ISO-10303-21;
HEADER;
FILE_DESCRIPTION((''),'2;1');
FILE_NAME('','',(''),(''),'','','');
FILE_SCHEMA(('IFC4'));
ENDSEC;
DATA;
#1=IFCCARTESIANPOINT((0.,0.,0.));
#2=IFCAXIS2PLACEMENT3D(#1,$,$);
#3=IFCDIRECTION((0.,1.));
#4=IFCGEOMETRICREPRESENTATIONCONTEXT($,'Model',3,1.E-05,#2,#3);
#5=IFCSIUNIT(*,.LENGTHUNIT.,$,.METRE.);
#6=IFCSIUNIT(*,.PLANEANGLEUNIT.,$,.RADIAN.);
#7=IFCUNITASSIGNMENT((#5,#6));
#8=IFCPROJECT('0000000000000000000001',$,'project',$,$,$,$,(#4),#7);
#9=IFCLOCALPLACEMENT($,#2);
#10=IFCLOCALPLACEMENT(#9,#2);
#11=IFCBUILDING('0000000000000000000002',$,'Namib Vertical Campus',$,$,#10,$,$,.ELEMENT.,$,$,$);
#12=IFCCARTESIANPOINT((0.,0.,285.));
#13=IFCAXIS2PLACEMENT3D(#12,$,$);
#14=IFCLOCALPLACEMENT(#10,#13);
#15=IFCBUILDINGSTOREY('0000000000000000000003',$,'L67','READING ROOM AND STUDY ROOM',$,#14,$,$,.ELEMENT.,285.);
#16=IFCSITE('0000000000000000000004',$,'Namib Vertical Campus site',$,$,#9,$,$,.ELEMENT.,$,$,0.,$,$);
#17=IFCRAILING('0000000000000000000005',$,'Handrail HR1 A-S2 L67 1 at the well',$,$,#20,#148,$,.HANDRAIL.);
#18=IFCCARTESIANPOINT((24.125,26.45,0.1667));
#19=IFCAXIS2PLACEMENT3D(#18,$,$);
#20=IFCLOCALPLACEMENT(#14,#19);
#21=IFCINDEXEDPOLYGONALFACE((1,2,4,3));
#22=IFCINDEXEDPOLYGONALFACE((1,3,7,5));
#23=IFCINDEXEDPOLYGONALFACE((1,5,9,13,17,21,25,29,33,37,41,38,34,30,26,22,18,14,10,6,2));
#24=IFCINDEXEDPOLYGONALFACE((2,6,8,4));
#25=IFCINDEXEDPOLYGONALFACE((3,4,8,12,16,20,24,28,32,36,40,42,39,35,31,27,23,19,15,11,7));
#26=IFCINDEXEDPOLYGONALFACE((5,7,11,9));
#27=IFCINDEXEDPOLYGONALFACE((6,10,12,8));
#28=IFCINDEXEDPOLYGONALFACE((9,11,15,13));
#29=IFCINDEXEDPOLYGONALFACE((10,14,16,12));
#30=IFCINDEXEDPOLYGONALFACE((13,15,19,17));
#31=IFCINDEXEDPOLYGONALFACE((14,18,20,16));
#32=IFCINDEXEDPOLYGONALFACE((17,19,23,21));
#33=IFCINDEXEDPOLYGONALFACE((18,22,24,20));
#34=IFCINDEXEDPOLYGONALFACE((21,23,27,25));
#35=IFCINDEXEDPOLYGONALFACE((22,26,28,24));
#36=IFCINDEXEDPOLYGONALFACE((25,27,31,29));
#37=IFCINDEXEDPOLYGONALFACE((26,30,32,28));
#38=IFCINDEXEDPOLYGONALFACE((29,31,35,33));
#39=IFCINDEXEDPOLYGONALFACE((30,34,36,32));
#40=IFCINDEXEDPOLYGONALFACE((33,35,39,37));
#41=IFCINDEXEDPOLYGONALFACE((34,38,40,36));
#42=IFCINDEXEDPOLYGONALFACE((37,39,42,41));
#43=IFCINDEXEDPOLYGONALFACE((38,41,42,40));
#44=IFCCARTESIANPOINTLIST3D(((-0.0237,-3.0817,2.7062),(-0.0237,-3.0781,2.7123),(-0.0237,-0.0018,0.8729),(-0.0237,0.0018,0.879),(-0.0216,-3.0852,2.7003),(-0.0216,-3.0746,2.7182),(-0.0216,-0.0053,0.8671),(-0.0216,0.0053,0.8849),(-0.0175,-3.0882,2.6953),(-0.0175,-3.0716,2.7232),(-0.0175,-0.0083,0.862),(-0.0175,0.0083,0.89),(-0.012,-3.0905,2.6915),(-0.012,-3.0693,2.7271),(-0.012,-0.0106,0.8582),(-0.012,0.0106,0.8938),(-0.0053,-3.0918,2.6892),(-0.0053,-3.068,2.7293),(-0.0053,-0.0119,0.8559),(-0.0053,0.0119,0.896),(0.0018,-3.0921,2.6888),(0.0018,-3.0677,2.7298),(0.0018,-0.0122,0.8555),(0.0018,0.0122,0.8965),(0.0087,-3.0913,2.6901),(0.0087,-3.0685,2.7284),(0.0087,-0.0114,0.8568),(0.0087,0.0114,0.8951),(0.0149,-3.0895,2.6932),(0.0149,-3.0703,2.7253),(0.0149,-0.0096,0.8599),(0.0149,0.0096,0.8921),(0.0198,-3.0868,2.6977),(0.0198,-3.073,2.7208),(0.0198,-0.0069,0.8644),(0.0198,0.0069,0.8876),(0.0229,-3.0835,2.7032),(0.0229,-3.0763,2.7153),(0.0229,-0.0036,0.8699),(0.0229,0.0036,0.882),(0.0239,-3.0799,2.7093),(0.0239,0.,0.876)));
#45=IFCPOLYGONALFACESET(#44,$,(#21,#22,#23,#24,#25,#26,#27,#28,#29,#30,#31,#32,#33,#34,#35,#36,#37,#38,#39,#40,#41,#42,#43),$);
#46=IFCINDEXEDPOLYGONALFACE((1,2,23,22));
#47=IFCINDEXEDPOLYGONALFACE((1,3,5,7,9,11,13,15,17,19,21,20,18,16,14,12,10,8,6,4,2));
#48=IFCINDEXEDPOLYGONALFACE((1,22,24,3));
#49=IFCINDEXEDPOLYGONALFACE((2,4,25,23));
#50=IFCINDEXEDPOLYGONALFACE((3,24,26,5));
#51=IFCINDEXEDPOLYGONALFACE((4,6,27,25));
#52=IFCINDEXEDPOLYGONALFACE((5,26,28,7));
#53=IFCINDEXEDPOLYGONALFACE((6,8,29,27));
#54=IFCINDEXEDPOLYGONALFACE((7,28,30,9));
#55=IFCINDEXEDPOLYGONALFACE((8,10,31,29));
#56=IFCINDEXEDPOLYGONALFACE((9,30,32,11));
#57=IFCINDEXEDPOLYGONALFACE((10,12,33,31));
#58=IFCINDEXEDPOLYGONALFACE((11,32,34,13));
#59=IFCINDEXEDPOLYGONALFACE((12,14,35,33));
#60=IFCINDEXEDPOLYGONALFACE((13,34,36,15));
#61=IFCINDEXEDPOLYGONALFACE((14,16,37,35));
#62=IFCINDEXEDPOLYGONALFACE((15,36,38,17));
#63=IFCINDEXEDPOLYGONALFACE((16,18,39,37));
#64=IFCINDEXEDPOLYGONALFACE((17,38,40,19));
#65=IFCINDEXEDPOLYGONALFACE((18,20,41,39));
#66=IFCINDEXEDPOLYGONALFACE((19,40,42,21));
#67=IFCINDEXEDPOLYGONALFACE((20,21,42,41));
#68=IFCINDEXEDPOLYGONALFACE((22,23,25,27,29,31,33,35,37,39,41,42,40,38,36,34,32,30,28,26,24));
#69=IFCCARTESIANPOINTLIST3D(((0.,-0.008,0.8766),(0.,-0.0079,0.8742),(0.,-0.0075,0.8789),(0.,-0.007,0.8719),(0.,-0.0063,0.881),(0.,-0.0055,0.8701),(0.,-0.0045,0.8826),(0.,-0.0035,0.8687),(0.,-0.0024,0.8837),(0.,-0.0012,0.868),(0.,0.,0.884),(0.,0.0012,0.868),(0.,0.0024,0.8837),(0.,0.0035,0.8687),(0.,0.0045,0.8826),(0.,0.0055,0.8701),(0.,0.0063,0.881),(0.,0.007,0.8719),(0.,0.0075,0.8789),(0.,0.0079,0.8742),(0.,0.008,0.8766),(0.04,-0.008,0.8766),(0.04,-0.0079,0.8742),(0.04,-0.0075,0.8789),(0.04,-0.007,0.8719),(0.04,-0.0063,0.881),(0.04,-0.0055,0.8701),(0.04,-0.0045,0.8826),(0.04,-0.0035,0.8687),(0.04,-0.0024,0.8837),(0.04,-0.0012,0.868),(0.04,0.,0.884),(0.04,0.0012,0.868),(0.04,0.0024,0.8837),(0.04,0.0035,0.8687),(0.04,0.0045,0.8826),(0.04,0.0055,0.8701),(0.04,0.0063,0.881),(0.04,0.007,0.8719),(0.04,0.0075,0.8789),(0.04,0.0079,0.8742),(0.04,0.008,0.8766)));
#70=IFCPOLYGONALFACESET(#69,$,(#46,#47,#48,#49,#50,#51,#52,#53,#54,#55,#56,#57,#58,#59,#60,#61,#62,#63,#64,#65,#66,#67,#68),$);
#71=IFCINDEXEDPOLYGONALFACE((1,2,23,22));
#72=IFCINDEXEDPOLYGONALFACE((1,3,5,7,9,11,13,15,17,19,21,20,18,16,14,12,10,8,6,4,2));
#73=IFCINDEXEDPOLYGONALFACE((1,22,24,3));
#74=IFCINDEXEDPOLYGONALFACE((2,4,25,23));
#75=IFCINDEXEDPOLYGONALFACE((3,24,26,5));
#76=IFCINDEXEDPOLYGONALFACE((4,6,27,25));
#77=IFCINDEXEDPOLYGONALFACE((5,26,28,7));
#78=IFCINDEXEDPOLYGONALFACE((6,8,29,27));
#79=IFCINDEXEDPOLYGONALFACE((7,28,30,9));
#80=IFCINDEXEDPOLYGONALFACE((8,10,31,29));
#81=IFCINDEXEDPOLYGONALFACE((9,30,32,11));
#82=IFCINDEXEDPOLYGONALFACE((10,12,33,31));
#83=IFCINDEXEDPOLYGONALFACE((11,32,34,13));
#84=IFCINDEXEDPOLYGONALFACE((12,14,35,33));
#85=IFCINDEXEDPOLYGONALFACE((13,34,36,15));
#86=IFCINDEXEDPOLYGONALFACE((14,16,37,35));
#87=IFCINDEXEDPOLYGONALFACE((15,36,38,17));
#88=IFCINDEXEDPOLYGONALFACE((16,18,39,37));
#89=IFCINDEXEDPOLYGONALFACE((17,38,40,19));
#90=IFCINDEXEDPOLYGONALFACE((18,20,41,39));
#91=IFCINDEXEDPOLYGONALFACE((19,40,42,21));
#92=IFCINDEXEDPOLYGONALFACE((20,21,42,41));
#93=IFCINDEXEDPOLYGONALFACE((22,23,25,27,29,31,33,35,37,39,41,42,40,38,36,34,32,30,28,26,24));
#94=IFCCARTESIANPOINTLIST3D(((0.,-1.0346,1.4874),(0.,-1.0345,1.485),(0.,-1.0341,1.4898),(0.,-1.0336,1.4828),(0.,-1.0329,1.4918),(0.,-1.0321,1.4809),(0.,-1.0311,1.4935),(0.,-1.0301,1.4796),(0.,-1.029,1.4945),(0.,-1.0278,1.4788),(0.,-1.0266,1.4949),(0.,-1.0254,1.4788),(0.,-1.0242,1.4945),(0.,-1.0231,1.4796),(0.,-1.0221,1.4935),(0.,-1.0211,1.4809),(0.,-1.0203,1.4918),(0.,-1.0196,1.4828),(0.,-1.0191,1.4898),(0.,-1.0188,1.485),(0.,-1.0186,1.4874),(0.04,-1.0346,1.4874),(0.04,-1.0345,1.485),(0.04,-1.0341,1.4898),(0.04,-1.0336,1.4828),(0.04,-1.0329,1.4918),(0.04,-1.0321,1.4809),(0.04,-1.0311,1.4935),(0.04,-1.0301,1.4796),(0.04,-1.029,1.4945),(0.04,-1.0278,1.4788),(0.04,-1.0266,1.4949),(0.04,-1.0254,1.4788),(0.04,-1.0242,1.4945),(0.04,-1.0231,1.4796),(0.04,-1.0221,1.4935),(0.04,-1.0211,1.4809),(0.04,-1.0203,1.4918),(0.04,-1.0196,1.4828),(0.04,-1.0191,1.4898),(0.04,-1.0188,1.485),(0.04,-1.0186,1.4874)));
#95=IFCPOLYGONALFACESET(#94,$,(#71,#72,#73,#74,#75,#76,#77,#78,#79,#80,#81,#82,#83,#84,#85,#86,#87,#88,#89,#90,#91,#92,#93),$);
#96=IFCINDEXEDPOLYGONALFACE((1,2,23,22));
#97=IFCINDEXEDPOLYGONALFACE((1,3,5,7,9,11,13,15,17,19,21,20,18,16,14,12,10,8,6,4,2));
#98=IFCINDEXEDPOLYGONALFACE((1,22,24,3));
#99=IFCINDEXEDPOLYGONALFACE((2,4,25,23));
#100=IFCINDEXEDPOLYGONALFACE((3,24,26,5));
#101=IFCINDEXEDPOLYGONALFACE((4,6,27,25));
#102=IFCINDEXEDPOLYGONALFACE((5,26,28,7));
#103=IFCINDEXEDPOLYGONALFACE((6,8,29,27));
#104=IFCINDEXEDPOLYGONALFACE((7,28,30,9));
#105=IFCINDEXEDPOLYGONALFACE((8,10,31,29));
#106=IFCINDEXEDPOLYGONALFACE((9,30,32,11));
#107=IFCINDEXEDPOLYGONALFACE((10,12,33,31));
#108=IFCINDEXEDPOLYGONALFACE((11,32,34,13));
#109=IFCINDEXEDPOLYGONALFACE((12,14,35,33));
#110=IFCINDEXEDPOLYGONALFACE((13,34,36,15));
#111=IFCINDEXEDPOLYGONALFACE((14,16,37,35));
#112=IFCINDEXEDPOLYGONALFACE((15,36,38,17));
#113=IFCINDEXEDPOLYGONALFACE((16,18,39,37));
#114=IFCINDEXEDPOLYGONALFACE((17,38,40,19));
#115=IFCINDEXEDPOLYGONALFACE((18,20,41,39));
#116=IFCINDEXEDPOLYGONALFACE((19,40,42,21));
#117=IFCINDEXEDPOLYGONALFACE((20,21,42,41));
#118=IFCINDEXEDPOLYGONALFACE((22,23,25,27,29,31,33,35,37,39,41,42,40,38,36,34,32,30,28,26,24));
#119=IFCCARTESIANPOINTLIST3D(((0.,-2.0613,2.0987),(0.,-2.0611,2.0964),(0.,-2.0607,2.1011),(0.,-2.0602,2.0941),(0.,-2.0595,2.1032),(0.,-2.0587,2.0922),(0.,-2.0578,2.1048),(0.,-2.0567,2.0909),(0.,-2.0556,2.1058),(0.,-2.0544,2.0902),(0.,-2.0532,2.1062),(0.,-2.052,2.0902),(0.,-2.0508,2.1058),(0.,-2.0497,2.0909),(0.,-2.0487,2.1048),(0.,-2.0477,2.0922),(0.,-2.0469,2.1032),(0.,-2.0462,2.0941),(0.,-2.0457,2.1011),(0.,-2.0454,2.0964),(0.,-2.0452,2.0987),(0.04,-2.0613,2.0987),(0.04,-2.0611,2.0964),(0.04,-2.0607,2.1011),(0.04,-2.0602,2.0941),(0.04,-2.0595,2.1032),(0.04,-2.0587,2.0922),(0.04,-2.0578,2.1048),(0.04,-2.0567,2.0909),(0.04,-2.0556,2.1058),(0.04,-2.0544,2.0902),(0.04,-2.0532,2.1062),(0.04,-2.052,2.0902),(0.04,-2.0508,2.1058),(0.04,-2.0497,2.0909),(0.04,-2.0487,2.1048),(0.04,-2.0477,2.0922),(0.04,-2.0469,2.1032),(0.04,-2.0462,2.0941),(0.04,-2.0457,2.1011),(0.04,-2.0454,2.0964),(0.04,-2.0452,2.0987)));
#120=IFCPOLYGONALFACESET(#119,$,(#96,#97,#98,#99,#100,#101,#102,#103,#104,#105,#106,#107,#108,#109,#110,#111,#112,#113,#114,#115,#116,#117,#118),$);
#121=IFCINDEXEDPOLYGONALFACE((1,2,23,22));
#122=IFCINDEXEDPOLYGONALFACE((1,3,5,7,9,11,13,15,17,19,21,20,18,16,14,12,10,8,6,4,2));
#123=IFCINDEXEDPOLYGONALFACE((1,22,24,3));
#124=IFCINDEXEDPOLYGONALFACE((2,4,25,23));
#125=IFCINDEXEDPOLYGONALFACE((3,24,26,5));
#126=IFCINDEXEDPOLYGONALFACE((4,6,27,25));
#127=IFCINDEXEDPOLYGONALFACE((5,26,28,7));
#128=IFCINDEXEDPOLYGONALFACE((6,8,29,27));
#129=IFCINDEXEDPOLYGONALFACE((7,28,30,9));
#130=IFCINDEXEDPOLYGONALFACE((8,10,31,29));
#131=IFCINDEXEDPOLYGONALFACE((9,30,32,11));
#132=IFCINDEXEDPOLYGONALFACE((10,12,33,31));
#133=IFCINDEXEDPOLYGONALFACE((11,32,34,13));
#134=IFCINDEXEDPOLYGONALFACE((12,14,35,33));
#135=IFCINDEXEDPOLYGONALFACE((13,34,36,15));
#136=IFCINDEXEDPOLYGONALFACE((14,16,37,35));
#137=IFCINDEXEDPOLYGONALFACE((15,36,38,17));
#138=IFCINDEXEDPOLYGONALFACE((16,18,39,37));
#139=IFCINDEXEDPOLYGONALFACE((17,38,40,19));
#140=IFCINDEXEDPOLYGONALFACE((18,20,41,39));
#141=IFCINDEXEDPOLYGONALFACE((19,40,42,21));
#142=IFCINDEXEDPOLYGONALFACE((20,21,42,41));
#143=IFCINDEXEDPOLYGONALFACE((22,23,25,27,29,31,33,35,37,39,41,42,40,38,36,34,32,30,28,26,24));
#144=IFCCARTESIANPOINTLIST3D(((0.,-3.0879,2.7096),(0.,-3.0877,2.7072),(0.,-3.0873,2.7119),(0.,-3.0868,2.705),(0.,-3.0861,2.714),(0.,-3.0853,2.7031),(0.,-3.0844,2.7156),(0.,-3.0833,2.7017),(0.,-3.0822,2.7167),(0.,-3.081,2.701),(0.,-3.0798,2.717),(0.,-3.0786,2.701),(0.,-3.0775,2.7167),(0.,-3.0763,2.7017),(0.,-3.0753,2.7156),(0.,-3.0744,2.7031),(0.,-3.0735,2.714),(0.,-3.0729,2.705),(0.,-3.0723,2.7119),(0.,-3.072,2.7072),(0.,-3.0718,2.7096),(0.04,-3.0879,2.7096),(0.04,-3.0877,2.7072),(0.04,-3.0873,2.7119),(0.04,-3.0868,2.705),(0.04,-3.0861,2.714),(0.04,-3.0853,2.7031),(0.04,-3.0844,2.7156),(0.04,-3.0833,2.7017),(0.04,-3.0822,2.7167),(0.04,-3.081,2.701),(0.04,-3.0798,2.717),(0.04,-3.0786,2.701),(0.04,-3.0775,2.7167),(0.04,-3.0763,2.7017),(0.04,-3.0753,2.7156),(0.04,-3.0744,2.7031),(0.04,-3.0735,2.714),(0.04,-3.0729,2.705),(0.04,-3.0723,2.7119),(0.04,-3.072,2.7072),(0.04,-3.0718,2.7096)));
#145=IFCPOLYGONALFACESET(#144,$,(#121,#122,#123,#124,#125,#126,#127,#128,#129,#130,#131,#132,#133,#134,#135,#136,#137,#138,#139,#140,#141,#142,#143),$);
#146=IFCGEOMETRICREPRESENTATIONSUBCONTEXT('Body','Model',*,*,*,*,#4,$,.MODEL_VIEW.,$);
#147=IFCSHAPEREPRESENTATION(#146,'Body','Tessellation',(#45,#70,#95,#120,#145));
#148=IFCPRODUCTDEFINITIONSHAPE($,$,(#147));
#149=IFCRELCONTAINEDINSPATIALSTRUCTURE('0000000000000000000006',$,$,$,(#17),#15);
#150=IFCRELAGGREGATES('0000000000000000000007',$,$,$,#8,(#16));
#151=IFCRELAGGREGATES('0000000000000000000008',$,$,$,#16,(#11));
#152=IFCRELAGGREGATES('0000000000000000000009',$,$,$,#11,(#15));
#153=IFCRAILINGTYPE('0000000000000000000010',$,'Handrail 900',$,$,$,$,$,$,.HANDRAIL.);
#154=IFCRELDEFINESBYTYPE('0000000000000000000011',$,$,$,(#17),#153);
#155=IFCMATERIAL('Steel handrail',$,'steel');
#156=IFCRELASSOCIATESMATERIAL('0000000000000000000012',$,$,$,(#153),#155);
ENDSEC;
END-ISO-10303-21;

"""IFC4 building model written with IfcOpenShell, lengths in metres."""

from ifc_helpers import new_model, si_unit, direction, frame, origin, origin_2d, place, context, subcontext, project, spatial, circle, extrude, material, type_object, element, save


model = new_model("IFC4")

# Units and contexts
model_context = context("Model", 3, precision=1e-05, world=origin(), true_north=direction((0.0, 1.0)))
body_context = subcontext(model_context, "Body", "Model", "MODEL_VIEW")
ifc_project = project(units=[si_unit("LENGTHUNIT", "METRE"), si_unit("PLANEANGLEUNIT", "RADIAN")], contexts=[model_context])

# Site, building, storey
site_placement = place(None, origin())
site = spatial("IfcSite", under=ifc_project, at=site_placement, Name="Namib Vertical Campus site", CompositionType="ELEMENT", RefElevation=0.0)
building_placement = place(site_placement, origin())
building = spatial("IfcBuilding", under=site, at=building_placement, Name="Namib Vertical Campus", CompositionType="ELEMENT")
storey_placement = place(building_placement, frame((0.0, 0.0, 285.0)))
storey = spatial("IfcBuildingStorey", under=building, at=storey_placement, Name="L67", Description="READING ROOM AND STUDY ROOM", CompositionType="ELEMENT", Elevation=285.0)

# Railing
ifc_material_1 = material(Name="Steel handrail", Category="steel")
railing_type_1 = type_object("IfcRailingType", Name="Handrail 900", PredefinedType="HANDRAIL", material=ifc_material_1)
railing_1_placement = place(storey_placement, frame((24.125, 26.45, 0.1667)))
element("IfcRailing", 1, at=railing_1_placement, inside=storey, type_object=railing_type_1, Name="Handrail HR1 A-S2 L67 1 at the well", PredefinedType="HANDRAIL", context=body_context, shape_type="SweptSolid", body=[
    extrude(circle(Radius=0.0239, at=origin_2d()), frame((0.0, 0.0, 0.876), z_axis=(0.0, -0.859291, 0.511487), x_axis=(1.0, 0.0, 0.0)), (0.0, 0.0, 1.0), 3.5842),
    extrude(circle(Radius=0.0081, at=origin_2d()), frame((0.0, 0.0, 0.876), z_axis=(1.0, 0.0, 0.0), x_axis=(0.0, 0.0, 1.0)), (0.0, 0.0, 1.0), 0.04),
    extrude(circle(Radius=0.0081, at=origin_2d()), frame((0.0, -1.0266, 1.4868), z_axis=(1.0, 0.0, 0.0), x_axis=(0.0, 0.0, 1.0)), (0.0, 0.0, 1.0), 0.04),
    extrude(circle(Radius=0.0081, at=origin_2d()), frame((0.0, -2.0532, 2.0981), z_axis=(1.0, 0.0, 0.0), x_axis=(0.0, 0.0, 1.0)), (0.0, 0.0, 1.0), 0.04),
    extrude(circle(Radius=0.0081, at=origin_2d()), frame((0.0, -3.0798, 2.709), z_axis=(1.0, 0.0, 0.0), x_axis=(0.0, 0.0, 1.0)), (0.0, 0.0, 1.0), 0.04),
])

save(model, "model.ifc")
